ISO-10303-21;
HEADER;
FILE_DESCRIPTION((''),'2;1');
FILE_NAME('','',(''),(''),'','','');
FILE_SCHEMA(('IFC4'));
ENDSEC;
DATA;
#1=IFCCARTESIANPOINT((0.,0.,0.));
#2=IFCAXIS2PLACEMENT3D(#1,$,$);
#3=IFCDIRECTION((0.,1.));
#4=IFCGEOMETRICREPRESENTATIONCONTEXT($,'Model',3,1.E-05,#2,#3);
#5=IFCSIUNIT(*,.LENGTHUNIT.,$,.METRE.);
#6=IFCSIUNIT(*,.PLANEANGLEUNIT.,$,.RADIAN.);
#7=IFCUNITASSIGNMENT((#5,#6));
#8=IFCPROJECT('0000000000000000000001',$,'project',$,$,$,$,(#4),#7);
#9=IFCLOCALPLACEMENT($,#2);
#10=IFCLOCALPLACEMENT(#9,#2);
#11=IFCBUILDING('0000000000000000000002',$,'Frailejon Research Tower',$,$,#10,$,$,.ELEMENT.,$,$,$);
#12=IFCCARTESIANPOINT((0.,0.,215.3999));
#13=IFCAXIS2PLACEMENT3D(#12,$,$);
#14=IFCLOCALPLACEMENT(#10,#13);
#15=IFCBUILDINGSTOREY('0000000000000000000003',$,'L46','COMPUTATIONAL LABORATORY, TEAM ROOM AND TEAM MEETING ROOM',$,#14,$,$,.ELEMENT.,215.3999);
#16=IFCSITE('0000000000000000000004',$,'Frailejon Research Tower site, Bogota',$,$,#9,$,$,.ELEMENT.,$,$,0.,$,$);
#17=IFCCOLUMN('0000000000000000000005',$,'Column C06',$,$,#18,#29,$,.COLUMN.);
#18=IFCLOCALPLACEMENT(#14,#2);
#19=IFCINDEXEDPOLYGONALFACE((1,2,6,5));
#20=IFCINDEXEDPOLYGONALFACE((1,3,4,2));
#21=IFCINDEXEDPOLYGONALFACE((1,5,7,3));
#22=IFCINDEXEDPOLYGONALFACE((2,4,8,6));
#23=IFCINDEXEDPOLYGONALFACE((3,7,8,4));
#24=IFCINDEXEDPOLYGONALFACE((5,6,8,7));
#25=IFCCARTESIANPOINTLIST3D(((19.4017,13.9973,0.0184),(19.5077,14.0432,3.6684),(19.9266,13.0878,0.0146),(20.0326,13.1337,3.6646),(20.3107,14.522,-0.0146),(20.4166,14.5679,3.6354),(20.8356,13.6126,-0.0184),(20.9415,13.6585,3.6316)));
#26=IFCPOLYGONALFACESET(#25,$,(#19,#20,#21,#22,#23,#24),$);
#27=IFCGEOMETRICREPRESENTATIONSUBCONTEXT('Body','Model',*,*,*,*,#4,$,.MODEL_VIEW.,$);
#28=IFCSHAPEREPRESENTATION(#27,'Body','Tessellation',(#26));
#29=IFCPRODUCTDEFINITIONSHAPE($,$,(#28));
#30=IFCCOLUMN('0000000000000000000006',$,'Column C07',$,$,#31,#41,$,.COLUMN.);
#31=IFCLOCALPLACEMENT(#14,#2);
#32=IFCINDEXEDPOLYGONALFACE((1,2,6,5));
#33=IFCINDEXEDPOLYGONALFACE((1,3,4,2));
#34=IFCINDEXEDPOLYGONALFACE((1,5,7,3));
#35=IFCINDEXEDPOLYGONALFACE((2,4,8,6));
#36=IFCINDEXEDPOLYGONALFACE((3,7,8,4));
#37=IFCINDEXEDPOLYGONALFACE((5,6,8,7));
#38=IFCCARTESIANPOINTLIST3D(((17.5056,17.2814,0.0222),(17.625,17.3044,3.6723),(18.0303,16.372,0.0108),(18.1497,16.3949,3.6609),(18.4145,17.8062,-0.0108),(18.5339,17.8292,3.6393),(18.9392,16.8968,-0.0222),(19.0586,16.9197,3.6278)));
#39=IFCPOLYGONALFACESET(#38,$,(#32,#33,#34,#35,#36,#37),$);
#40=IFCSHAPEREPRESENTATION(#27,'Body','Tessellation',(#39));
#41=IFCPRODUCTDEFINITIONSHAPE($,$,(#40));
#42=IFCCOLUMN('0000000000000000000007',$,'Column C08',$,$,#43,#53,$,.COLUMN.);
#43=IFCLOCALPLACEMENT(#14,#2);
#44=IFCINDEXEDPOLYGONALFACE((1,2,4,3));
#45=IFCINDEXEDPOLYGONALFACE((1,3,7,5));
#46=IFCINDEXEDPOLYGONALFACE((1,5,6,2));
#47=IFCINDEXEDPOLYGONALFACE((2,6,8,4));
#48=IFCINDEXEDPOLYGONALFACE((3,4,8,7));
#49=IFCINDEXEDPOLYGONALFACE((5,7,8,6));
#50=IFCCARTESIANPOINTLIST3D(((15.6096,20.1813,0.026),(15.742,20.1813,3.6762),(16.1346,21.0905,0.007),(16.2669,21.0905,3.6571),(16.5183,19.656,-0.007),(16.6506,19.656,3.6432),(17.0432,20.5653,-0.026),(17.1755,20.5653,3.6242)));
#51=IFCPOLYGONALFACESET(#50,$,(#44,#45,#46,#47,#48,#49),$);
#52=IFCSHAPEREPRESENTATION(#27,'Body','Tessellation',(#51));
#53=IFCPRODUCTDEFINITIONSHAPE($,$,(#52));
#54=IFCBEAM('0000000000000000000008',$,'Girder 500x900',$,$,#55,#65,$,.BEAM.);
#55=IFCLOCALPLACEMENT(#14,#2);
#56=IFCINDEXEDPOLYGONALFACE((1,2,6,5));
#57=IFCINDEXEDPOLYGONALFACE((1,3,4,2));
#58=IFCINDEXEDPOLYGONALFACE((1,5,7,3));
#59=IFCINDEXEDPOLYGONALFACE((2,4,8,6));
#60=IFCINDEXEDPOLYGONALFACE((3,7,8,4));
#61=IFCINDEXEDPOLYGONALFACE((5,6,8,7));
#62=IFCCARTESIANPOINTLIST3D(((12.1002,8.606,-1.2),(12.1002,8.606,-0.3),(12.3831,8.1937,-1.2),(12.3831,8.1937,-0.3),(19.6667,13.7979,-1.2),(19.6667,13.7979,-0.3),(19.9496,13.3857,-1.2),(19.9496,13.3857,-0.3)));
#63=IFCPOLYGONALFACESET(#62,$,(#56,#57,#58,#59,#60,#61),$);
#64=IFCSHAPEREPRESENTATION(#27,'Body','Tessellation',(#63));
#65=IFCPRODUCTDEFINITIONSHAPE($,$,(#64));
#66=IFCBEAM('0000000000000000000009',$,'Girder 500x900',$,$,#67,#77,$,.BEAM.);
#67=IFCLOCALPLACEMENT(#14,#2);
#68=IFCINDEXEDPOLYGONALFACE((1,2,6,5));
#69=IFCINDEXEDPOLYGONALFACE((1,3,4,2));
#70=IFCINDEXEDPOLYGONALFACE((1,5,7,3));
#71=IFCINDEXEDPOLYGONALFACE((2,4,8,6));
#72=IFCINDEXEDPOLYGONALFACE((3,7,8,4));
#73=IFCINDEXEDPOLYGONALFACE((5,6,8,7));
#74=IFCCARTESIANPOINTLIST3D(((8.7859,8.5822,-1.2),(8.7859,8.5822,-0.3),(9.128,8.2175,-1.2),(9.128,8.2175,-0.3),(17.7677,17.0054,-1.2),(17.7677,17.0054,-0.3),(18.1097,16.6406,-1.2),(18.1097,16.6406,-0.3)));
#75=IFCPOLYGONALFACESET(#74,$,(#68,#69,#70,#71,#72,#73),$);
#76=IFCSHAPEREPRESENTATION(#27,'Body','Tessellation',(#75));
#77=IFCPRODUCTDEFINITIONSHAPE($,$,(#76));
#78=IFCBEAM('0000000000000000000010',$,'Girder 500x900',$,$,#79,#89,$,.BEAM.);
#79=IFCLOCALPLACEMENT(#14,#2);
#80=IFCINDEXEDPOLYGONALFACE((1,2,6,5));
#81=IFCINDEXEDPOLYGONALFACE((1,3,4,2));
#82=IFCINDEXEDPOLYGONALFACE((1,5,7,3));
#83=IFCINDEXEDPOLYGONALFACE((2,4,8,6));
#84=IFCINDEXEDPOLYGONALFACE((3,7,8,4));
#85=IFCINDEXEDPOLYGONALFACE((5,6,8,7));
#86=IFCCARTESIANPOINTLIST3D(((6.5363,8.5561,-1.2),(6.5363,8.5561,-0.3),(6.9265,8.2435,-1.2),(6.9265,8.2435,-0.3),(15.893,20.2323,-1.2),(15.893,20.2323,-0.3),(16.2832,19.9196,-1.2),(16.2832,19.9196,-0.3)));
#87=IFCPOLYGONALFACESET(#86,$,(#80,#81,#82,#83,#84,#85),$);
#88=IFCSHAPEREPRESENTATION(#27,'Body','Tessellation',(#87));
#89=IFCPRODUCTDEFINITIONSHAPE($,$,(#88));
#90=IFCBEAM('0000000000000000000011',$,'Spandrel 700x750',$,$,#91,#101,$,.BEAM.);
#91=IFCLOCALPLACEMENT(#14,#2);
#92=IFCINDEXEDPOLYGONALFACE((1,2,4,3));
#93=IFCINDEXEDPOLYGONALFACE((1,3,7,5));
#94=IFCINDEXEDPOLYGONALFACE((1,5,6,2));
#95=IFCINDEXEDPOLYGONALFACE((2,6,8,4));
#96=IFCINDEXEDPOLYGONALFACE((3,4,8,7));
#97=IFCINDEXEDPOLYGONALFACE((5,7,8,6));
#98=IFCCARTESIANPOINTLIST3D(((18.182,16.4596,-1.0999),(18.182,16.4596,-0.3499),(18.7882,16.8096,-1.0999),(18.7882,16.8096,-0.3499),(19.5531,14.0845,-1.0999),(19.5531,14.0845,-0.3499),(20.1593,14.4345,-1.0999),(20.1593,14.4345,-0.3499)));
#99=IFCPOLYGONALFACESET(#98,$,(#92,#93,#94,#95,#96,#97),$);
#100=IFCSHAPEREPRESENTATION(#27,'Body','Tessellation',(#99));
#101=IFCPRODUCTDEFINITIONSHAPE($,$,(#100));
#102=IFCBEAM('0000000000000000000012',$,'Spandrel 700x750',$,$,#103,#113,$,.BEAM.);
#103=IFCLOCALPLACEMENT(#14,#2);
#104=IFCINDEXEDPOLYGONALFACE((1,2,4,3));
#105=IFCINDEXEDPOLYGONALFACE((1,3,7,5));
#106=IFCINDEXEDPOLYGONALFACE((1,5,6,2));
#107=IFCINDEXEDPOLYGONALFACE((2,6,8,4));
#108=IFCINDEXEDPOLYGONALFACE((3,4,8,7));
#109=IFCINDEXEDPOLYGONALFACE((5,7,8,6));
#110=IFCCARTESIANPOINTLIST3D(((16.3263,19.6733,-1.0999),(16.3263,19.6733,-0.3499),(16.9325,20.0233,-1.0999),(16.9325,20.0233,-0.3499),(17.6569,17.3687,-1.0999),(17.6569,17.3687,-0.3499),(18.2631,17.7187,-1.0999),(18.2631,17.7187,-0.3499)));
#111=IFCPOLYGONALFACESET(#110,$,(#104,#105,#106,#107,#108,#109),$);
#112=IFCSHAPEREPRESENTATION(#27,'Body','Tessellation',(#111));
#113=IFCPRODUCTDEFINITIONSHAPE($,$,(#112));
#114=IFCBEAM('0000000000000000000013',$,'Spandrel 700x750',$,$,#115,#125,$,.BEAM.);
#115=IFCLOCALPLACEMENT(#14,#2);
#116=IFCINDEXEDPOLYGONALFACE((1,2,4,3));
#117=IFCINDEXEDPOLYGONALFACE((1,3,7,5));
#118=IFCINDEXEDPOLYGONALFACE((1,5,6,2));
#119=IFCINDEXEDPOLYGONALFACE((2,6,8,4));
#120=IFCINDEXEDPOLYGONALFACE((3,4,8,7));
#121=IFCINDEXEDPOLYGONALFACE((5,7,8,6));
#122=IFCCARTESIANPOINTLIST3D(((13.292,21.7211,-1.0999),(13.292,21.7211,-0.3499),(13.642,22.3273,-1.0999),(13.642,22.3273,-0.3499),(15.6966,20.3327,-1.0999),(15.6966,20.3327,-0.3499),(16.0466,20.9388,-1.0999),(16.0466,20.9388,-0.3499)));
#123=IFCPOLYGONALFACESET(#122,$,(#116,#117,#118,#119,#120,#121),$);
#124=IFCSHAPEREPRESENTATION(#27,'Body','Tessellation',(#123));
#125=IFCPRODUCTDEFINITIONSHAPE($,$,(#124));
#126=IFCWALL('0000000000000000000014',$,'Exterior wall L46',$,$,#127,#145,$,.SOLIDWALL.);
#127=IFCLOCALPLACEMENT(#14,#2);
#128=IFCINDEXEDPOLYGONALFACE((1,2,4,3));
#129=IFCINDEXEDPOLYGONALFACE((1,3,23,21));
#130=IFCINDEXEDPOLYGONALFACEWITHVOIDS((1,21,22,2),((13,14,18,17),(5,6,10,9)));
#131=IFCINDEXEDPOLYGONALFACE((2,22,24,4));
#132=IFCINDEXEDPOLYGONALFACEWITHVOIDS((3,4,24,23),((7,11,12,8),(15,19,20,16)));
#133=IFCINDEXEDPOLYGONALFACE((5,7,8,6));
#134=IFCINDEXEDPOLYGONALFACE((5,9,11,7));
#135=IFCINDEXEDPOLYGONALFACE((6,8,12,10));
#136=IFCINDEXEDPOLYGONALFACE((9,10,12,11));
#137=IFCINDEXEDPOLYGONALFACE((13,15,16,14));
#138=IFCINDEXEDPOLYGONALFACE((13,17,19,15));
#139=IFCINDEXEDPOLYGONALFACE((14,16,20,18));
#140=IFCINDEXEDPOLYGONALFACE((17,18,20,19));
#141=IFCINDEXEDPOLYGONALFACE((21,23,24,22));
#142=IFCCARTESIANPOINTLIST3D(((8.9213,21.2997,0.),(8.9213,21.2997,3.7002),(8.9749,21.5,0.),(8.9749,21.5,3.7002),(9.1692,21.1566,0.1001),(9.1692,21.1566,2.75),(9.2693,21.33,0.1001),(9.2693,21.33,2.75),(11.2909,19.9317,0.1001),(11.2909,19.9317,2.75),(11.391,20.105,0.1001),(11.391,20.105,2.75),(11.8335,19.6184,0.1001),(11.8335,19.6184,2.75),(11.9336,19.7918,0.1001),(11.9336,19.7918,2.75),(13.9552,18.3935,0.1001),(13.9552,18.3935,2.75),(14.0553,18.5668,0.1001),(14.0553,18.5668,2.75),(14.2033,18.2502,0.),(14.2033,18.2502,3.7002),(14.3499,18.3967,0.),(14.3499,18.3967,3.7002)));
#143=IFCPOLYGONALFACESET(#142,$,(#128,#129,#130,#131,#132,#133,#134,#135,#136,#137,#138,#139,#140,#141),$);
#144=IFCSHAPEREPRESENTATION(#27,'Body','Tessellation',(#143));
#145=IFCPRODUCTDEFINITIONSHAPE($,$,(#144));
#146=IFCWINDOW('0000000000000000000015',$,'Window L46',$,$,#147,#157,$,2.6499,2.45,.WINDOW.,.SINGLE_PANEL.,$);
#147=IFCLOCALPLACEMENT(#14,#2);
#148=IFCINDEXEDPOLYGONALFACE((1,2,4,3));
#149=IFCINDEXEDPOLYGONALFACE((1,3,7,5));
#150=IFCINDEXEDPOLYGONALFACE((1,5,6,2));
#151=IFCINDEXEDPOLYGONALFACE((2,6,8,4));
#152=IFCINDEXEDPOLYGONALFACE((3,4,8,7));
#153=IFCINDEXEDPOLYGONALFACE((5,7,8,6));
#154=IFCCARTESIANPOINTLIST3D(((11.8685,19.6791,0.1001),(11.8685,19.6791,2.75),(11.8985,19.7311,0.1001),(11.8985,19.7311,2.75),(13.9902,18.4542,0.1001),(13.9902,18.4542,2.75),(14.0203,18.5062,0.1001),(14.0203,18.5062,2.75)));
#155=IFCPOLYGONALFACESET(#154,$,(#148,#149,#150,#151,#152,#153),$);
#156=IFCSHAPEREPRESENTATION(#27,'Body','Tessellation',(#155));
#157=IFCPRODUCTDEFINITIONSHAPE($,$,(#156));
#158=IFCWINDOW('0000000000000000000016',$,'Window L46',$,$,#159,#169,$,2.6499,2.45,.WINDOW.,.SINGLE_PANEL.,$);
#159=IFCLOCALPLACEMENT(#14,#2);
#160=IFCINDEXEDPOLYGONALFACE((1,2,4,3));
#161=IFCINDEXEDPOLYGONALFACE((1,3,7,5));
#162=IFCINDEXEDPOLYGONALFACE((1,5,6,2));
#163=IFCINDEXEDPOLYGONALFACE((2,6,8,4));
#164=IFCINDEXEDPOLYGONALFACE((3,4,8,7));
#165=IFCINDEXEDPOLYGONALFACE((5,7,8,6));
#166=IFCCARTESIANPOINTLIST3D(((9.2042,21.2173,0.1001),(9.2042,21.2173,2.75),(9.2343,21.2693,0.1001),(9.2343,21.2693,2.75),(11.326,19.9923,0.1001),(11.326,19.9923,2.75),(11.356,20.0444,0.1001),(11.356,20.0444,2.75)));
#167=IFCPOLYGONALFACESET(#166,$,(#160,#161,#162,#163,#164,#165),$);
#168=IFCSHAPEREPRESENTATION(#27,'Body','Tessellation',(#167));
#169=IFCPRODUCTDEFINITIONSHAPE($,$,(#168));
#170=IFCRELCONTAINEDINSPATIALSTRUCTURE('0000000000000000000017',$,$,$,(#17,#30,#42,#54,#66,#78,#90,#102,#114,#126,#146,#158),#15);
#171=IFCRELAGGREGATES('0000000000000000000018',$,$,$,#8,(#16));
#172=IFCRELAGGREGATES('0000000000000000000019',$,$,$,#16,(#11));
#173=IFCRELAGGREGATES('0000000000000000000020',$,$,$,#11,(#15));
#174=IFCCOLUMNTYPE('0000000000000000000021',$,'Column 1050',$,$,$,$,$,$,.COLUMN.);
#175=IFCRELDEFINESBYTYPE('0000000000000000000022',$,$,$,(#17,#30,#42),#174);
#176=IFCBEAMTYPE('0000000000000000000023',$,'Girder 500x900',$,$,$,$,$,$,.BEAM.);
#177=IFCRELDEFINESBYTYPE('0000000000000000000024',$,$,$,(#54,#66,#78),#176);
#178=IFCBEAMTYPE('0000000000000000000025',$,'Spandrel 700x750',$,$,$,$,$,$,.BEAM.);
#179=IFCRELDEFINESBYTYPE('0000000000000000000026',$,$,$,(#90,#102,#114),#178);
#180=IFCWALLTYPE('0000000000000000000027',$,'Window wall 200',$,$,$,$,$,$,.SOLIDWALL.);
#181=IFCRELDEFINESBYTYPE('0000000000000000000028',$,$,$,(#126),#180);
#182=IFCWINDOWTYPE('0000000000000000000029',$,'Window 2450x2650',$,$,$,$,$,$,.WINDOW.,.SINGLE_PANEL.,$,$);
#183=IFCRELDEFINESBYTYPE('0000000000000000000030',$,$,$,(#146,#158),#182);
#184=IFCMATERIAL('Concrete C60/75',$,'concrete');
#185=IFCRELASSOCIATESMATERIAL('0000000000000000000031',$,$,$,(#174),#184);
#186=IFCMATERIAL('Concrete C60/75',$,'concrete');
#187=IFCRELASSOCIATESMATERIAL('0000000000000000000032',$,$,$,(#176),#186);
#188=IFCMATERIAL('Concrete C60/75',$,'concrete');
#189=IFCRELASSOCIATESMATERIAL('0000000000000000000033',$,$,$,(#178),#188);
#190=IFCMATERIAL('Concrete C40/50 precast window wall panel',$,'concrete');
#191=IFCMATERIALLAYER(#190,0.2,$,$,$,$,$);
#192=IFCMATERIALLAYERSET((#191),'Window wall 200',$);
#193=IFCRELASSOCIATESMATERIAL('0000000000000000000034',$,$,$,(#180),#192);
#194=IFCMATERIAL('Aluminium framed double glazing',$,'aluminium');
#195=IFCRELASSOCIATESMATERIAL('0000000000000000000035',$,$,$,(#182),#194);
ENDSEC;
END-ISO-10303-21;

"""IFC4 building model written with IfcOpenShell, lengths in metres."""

from ifc_helpers import new_model, si_unit, direction, frame, frame_2d, origin, origin_2d, place, context, subcontext, project, spatial, polyline, rectangle, outline, extrude, material, layer, layer_set, material_profile, profile_set, type_object, element, fill, save


model = new_model("IFC4")

# Units and contexts
model_context = context("Model", 3, precision=1e-05, world=origin(), true_north=direction((0.0, 1.0)))
body_context = subcontext(model_context, "Body", "Model", "MODEL_VIEW")
ifc_project = project(units=[si_unit("LENGTHUNIT", "METRE"), si_unit("PLANEANGLEUNIT", "RADIAN")], contexts=[model_context])

# Site, building, storey
site_placement = place(None, origin())
site = spatial("IfcSite", under=ifc_project, at=site_placement, Name="Frailejon Research Tower site, Bogota", CompositionType="ELEMENT", RefElevation=0.0)
building_placement = place(site_placement, origin())
building = spatial("IfcBuilding", under=site, at=building_placement, Name="Frailejon Research Tower", CompositionType="ELEMENT")
storey_placement = place(building_placement, frame((0.0, 0.0, 215.3999)))
storey = spatial("IfcBuildingStorey", under=building, at=storey_placement, Name="L46", Description="COMPUTATIONAL LABORATORY, TEAM ROOM AND TEAM MEETING ROOM", CompositionType="ELEMENT", Elevation=215.3999)

# Columns
ifc_material_1 = material(Name="Concrete C60/75", Category="concrete")
ifc_material_profile_1 = material_profile(ifc_material_1, rectangle(XDim=1.05, YDim=1.05, at=origin_2d()), Name="Column 1050")
ifc_profile_set_1 = profile_set([ifc_material_profile_1], Name="Concrete C60/75")
column_type = type_object("IfcColumnType", Name="Column 1050", PredefinedType="COLUMN", material=ifc_profile_set_1)
column_1_placement = place(storey_placement, frame((20.1187, 13.8049, 0.0), z_axis=(0.029014, 0.012568, 0.9995), x_axis=(-0.499849, 0.866105, 0.003619)))
element("IfcColumn", 1, at=column_1_placement, inside=storey, type_object=column_type, Name="Column C06", PredefinedType="COLUMN", context=body_context, shape_type="SweptSolid", body=[
    extrude(rectangle(XDim=1.05, YDim=1.05, at=origin_2d()), origin(), (0.0, 0.0, 1.0), 3.6519),
])
column_2_placement = place(storey_placement, frame((18.2224, 17.0891, 0.0), z_axis=(0.032689, 0.006284, 0.999446), x_axis=(-0.499707, 0.866126, 0.010898)))
element("IfcColumn", 2, at=column_2_placement, inside=storey, type_object=column_type, Name="Column C07", PredefinedType="COLUMN", context=body_context, shape_type="SweptSolid", body=[
    extrude(rectangle(XDim=1.05, YDim=1.05, at=origin_2d()), origin(), (0.0, 0.0, 1.0), 3.6521),
])
column_3_placement = place(storey_placement, frame((16.3264, 20.3733, 0.0), z_axis=(0.036228, 0.0, 0.999344), x_axis=(-0.865315, 0.500246, 0.031369)))
element("IfcColumn", 3, at=column_3_placement, inside=storey, type_object=column_type, Name="Column C08", PredefinedType="COLUMN", context=body_context, shape_type="SweptSolid", body=[
    extrude(rectangle(XDim=1.05, YDim=1.05, at=origin_2d()), origin(), (0.0, 0.0, 1.0), 3.6526),
])

# Beams
ifc_material_2 = material(Name="Concrete C60/75", Category="concrete")
ifc_material_profile_2 = material_profile(ifc_material_2, rectangle(XDim=0.5, YDim=0.8999, at=origin_2d()), Name="Girder 500x900")
ifc_profile_set_2 = profile_set([ifc_material_profile_2], Name="Concrete C60/75")
beam_type_1 = type_object("IfcBeamType", Name="Girder 500x900", PredefinedType="BEAM", material=ifc_profile_set_2)
beam_1_placement = place(storey_placement, frame((19.8081, 13.5918, -0.75), z_axis=(-0.824551, -0.565788, 0.0), x_axis=(0.565788, -0.824551, 0.0)))
element("IfcBeam", 4, at=beam_1_placement, inside=storey, type_object=beam_type_1, Name="Girder 500x900", PredefinedType="BEAM", context=body_context, shape_type="SweptSolid", body=[
    extrude(rectangle(XDim=0.5, YDim=0.8999, at=origin_2d()), origin(), (0.0, 0.0, 1.0), 9.1765),
])
beam_2_placement = place(storey_placement, frame((17.9387, 16.823, -0.75), z_axis=(-0.729425, -0.68406, 0.0), x_axis=(0.68406, -0.729425, 0.0)))
element("IfcBeam", 5, at=beam_2_placement, inside=storey, type_object=beam_type_1, Name="Girder 500x900", PredefinedType="BEAM", context=body_context, shape_type="SweptSolid", body=[
    extrude(rectangle(XDim=0.5, YDim=0.8999, at=origin_2d()), origin(), (0.0, 0.0, 1.0), 12.3135),
])
beam_3_placement = place(storey_placement, frame((16.0881, 20.0759, -0.75), z_axis=(-0.625342, -0.780351, 0.0), x_axis=(0.780351, -0.625342, 0.0)))
element("IfcBeam", 6, at=beam_3_placement, inside=storey, type_object=beam_type_1, Name="Girder 500x900", PredefinedType="BEAM", context=body_context, shape_type="SweptSolid", body=[
    extrude(rectangle(XDim=0.5, YDim=0.8999, at=origin_2d()), origin(), (0.0, 0.0, 1.0), 14.9626),
])
ifc_material_3 = material(Name="Concrete C60/75", Category="concrete")
ifc_material_profile_3 = material_profile(ifc_material_3, rectangle(XDim=0.7, YDim=0.75, at=origin_2d()), Name="Spandrel 700x750")
ifc_profile_set_3 = profile_set([ifc_material_profile_3], Name="Concrete C60/75")
beam_type_2 = type_object("IfcBeamType", Name="Spandrel 700x750", PredefinedType="BEAM", material=ifc_profile_set_3)
beam_4_placement = place(storey_placement, frame((19.8562, 14.2595, -0.7249), z_axis=(-0.499969, 0.866043, 0.0), x_axis=(-0.866043, -0.499969, 0.0)))
element("IfcBeam", 7, at=beam_4_placement, inside=storey, type_object=beam_type_2, Name="Spandrel 700x750", PredefinedType="BEAM", context=body_context, shape_type="SweptSolid", body=[
    extrude(rectangle(XDim=0.7, YDim=0.75, at=origin_2d()), origin(), (0.0, 0.0, 1.0), 2.7424),
])
beam_5_placement = place(storey_placement, frame((17.96, 17.5437, -0.7249), z_axis=(-0.499987, 0.866033, 0.0), x_axis=(-0.866033, -0.499987, 0.0)))
element("IfcBeam", 8, at=beam_5_placement, inside=storey, type_object=beam_type_2, Name="Spandrel 700x750", PredefinedType="BEAM", context=body_context, shape_type="SweptSolid", body=[
    extrude(rectangle(XDim=0.7, YDim=0.75, at=origin_2d()), origin(), (0.0, 0.0, 1.0), 2.6611),
])
beam_6_placement = place(storey_placement, frame((15.8716, 20.6357, -0.7249), z_axis=(-0.866, 0.500045, 0.0), x_axis=(-0.500045, -0.866, 0.0)))
element("IfcBeam", 9, at=beam_6_placement, inside=storey, type_object=beam_type_2, Name="Spandrel 700x750", PredefinedType="BEAM", context=body_context, shape_type="SweptSolid", body=[
    extrude(rectangle(XDim=0.7, YDim=0.75, at=origin_2d()), origin(), (0.0, 0.0, 1.0), 2.7766),
])

# Wall, openings, windows
ifc_material_4 = material(Name="Concrete C40/50 precast window wall panel", Category="concrete")
ifc_layer_1 = layer(ifc_material_4, 0.2)
ifc_layer_set_1 = layer_set([ifc_layer_1], Name="Window wall 200")
wall_type = type_object("IfcWallType", Name="Window wall 200", PredefinedType="SOLIDWALL", material=ifc_layer_set_1)
wall_placement = place(storey_placement, frame((14.2766, 18.3235, 0.0), z_axis=(0.0, 0.0, 1.0), x_axis=(-0.86603, 0.499993, 0.0)))
wall = element("IfcWall", 10, at=wall_placement, inside=storey, type_object=wall_type, Name="Exterior wall L46", PredefinedType="SOLIDWALL", context=body_context, shape_type="SweptSolid", body=[
    extrude(outline(polyline([(-0.0269, -0.1001), (1.0076, -0.1001), (2.042, -0.1001), (3.0764, -0.1001), (4.1108, -0.1001), (5.1453, -0.1001), (6.1797, -0.1001), (6.126, 0.1001), (5.1094, 0.1001), (4.093, 0.1001), (3.0764, 0.1001), (2.0598, 0.1001), (1.0435, 0.1001), (0.0269, 0.1001), (-0.0269, -0.1001)])), origin(), (0.0, 0.0, 1.0), 3.7002),
])
opening_1_placement = place(wall_placement, frame((0.3132, 0.0, 0.1001)))
opening_1 = element("IfcOpeningElement", 11, at=opening_1_placement, cuts=wall, PredefinedType="OPENING", context=body_context, shape_type="SweptSolid", body=[
    extrude(rectangle(XDim=2.45, YDim=2.6499, at=frame_2d((1.2251, 1.325))), frame((0.0, 0.1099, 0.0), z_axis=(0.0, -1.0, 0.0), x_axis=(1.0, 0.0, 0.0)), (0.0, 0.0, 1.0), 0.22),
])
opening_2_placement = place(wall_placement, frame((3.3896, 0.0, 0.1001)))
opening_2 = element("IfcOpeningElement", 12, at=opening_2_placement, cuts=wall, PredefinedType="OPENING", context=body_context, shape_type="SweptSolid", body=[
    extrude(rectangle(XDim=2.45, YDim=2.6499, at=frame_2d((1.2251, 1.325))), frame((0.0, 0.1099, 0.0), z_axis=(0.0, -1.0, 0.0), x_axis=(1.0, 0.0, 0.0)), (0.0, 0.0, 1.0), 0.22),
])
ifc_material_5 = material(Name="Aluminium framed double glazing", Category="aluminium")
window_type = type_object("IfcWindowType", Name="Window 2450x2650", PartitioningType="SINGLE_PANEL", PredefinedType="WINDOW", material=ifc_material_5)
window_1_placement = place(opening_1_placement, origin())
window_1 = element("IfcWindow", 13, at=window_1_placement, inside=storey, type_object=window_type, Name="Window L46", OverallHeight=2.6499, OverallWidth=2.45, PartitioningType="SINGLE_PANEL", PredefinedType="WINDOW", context=body_context, shape_type="SweptSolid", body=[
    extrude(rectangle(XDim=2.45, YDim=2.6499, at=frame_2d((1.2251, 1.325))), frame((0.0, 0.03, 0.0), z_axis=(0.0, -1.0, 0.0), x_axis=(1.0, 0.0, 0.0)), (0.0, 0.0, 1.0), 0.0601),
])
fill(opening_1, window_1)
window_2_placement = place(opening_2_placement, origin())
window_2 = element("IfcWindow", 14, at=window_2_placement, inside=storey, type_object=window_type, Name="Window L46", OverallHeight=2.6499, OverallWidth=2.45, PartitioningType="SINGLE_PANEL", PredefinedType="WINDOW", context=body_context, shape_type="SweptSolid", body=[
    extrude(rectangle(XDim=2.45, YDim=2.6499, at=frame_2d((1.2251, 1.325))), frame((0.0, 0.03, 0.0), z_axis=(0.0, -1.0, 0.0), x_axis=(1.0, 0.0, 0.0)), (0.0, 0.0, 1.0), 0.0601),
])
fill(opening_2, window_2)

save(model, "model.ifc")
